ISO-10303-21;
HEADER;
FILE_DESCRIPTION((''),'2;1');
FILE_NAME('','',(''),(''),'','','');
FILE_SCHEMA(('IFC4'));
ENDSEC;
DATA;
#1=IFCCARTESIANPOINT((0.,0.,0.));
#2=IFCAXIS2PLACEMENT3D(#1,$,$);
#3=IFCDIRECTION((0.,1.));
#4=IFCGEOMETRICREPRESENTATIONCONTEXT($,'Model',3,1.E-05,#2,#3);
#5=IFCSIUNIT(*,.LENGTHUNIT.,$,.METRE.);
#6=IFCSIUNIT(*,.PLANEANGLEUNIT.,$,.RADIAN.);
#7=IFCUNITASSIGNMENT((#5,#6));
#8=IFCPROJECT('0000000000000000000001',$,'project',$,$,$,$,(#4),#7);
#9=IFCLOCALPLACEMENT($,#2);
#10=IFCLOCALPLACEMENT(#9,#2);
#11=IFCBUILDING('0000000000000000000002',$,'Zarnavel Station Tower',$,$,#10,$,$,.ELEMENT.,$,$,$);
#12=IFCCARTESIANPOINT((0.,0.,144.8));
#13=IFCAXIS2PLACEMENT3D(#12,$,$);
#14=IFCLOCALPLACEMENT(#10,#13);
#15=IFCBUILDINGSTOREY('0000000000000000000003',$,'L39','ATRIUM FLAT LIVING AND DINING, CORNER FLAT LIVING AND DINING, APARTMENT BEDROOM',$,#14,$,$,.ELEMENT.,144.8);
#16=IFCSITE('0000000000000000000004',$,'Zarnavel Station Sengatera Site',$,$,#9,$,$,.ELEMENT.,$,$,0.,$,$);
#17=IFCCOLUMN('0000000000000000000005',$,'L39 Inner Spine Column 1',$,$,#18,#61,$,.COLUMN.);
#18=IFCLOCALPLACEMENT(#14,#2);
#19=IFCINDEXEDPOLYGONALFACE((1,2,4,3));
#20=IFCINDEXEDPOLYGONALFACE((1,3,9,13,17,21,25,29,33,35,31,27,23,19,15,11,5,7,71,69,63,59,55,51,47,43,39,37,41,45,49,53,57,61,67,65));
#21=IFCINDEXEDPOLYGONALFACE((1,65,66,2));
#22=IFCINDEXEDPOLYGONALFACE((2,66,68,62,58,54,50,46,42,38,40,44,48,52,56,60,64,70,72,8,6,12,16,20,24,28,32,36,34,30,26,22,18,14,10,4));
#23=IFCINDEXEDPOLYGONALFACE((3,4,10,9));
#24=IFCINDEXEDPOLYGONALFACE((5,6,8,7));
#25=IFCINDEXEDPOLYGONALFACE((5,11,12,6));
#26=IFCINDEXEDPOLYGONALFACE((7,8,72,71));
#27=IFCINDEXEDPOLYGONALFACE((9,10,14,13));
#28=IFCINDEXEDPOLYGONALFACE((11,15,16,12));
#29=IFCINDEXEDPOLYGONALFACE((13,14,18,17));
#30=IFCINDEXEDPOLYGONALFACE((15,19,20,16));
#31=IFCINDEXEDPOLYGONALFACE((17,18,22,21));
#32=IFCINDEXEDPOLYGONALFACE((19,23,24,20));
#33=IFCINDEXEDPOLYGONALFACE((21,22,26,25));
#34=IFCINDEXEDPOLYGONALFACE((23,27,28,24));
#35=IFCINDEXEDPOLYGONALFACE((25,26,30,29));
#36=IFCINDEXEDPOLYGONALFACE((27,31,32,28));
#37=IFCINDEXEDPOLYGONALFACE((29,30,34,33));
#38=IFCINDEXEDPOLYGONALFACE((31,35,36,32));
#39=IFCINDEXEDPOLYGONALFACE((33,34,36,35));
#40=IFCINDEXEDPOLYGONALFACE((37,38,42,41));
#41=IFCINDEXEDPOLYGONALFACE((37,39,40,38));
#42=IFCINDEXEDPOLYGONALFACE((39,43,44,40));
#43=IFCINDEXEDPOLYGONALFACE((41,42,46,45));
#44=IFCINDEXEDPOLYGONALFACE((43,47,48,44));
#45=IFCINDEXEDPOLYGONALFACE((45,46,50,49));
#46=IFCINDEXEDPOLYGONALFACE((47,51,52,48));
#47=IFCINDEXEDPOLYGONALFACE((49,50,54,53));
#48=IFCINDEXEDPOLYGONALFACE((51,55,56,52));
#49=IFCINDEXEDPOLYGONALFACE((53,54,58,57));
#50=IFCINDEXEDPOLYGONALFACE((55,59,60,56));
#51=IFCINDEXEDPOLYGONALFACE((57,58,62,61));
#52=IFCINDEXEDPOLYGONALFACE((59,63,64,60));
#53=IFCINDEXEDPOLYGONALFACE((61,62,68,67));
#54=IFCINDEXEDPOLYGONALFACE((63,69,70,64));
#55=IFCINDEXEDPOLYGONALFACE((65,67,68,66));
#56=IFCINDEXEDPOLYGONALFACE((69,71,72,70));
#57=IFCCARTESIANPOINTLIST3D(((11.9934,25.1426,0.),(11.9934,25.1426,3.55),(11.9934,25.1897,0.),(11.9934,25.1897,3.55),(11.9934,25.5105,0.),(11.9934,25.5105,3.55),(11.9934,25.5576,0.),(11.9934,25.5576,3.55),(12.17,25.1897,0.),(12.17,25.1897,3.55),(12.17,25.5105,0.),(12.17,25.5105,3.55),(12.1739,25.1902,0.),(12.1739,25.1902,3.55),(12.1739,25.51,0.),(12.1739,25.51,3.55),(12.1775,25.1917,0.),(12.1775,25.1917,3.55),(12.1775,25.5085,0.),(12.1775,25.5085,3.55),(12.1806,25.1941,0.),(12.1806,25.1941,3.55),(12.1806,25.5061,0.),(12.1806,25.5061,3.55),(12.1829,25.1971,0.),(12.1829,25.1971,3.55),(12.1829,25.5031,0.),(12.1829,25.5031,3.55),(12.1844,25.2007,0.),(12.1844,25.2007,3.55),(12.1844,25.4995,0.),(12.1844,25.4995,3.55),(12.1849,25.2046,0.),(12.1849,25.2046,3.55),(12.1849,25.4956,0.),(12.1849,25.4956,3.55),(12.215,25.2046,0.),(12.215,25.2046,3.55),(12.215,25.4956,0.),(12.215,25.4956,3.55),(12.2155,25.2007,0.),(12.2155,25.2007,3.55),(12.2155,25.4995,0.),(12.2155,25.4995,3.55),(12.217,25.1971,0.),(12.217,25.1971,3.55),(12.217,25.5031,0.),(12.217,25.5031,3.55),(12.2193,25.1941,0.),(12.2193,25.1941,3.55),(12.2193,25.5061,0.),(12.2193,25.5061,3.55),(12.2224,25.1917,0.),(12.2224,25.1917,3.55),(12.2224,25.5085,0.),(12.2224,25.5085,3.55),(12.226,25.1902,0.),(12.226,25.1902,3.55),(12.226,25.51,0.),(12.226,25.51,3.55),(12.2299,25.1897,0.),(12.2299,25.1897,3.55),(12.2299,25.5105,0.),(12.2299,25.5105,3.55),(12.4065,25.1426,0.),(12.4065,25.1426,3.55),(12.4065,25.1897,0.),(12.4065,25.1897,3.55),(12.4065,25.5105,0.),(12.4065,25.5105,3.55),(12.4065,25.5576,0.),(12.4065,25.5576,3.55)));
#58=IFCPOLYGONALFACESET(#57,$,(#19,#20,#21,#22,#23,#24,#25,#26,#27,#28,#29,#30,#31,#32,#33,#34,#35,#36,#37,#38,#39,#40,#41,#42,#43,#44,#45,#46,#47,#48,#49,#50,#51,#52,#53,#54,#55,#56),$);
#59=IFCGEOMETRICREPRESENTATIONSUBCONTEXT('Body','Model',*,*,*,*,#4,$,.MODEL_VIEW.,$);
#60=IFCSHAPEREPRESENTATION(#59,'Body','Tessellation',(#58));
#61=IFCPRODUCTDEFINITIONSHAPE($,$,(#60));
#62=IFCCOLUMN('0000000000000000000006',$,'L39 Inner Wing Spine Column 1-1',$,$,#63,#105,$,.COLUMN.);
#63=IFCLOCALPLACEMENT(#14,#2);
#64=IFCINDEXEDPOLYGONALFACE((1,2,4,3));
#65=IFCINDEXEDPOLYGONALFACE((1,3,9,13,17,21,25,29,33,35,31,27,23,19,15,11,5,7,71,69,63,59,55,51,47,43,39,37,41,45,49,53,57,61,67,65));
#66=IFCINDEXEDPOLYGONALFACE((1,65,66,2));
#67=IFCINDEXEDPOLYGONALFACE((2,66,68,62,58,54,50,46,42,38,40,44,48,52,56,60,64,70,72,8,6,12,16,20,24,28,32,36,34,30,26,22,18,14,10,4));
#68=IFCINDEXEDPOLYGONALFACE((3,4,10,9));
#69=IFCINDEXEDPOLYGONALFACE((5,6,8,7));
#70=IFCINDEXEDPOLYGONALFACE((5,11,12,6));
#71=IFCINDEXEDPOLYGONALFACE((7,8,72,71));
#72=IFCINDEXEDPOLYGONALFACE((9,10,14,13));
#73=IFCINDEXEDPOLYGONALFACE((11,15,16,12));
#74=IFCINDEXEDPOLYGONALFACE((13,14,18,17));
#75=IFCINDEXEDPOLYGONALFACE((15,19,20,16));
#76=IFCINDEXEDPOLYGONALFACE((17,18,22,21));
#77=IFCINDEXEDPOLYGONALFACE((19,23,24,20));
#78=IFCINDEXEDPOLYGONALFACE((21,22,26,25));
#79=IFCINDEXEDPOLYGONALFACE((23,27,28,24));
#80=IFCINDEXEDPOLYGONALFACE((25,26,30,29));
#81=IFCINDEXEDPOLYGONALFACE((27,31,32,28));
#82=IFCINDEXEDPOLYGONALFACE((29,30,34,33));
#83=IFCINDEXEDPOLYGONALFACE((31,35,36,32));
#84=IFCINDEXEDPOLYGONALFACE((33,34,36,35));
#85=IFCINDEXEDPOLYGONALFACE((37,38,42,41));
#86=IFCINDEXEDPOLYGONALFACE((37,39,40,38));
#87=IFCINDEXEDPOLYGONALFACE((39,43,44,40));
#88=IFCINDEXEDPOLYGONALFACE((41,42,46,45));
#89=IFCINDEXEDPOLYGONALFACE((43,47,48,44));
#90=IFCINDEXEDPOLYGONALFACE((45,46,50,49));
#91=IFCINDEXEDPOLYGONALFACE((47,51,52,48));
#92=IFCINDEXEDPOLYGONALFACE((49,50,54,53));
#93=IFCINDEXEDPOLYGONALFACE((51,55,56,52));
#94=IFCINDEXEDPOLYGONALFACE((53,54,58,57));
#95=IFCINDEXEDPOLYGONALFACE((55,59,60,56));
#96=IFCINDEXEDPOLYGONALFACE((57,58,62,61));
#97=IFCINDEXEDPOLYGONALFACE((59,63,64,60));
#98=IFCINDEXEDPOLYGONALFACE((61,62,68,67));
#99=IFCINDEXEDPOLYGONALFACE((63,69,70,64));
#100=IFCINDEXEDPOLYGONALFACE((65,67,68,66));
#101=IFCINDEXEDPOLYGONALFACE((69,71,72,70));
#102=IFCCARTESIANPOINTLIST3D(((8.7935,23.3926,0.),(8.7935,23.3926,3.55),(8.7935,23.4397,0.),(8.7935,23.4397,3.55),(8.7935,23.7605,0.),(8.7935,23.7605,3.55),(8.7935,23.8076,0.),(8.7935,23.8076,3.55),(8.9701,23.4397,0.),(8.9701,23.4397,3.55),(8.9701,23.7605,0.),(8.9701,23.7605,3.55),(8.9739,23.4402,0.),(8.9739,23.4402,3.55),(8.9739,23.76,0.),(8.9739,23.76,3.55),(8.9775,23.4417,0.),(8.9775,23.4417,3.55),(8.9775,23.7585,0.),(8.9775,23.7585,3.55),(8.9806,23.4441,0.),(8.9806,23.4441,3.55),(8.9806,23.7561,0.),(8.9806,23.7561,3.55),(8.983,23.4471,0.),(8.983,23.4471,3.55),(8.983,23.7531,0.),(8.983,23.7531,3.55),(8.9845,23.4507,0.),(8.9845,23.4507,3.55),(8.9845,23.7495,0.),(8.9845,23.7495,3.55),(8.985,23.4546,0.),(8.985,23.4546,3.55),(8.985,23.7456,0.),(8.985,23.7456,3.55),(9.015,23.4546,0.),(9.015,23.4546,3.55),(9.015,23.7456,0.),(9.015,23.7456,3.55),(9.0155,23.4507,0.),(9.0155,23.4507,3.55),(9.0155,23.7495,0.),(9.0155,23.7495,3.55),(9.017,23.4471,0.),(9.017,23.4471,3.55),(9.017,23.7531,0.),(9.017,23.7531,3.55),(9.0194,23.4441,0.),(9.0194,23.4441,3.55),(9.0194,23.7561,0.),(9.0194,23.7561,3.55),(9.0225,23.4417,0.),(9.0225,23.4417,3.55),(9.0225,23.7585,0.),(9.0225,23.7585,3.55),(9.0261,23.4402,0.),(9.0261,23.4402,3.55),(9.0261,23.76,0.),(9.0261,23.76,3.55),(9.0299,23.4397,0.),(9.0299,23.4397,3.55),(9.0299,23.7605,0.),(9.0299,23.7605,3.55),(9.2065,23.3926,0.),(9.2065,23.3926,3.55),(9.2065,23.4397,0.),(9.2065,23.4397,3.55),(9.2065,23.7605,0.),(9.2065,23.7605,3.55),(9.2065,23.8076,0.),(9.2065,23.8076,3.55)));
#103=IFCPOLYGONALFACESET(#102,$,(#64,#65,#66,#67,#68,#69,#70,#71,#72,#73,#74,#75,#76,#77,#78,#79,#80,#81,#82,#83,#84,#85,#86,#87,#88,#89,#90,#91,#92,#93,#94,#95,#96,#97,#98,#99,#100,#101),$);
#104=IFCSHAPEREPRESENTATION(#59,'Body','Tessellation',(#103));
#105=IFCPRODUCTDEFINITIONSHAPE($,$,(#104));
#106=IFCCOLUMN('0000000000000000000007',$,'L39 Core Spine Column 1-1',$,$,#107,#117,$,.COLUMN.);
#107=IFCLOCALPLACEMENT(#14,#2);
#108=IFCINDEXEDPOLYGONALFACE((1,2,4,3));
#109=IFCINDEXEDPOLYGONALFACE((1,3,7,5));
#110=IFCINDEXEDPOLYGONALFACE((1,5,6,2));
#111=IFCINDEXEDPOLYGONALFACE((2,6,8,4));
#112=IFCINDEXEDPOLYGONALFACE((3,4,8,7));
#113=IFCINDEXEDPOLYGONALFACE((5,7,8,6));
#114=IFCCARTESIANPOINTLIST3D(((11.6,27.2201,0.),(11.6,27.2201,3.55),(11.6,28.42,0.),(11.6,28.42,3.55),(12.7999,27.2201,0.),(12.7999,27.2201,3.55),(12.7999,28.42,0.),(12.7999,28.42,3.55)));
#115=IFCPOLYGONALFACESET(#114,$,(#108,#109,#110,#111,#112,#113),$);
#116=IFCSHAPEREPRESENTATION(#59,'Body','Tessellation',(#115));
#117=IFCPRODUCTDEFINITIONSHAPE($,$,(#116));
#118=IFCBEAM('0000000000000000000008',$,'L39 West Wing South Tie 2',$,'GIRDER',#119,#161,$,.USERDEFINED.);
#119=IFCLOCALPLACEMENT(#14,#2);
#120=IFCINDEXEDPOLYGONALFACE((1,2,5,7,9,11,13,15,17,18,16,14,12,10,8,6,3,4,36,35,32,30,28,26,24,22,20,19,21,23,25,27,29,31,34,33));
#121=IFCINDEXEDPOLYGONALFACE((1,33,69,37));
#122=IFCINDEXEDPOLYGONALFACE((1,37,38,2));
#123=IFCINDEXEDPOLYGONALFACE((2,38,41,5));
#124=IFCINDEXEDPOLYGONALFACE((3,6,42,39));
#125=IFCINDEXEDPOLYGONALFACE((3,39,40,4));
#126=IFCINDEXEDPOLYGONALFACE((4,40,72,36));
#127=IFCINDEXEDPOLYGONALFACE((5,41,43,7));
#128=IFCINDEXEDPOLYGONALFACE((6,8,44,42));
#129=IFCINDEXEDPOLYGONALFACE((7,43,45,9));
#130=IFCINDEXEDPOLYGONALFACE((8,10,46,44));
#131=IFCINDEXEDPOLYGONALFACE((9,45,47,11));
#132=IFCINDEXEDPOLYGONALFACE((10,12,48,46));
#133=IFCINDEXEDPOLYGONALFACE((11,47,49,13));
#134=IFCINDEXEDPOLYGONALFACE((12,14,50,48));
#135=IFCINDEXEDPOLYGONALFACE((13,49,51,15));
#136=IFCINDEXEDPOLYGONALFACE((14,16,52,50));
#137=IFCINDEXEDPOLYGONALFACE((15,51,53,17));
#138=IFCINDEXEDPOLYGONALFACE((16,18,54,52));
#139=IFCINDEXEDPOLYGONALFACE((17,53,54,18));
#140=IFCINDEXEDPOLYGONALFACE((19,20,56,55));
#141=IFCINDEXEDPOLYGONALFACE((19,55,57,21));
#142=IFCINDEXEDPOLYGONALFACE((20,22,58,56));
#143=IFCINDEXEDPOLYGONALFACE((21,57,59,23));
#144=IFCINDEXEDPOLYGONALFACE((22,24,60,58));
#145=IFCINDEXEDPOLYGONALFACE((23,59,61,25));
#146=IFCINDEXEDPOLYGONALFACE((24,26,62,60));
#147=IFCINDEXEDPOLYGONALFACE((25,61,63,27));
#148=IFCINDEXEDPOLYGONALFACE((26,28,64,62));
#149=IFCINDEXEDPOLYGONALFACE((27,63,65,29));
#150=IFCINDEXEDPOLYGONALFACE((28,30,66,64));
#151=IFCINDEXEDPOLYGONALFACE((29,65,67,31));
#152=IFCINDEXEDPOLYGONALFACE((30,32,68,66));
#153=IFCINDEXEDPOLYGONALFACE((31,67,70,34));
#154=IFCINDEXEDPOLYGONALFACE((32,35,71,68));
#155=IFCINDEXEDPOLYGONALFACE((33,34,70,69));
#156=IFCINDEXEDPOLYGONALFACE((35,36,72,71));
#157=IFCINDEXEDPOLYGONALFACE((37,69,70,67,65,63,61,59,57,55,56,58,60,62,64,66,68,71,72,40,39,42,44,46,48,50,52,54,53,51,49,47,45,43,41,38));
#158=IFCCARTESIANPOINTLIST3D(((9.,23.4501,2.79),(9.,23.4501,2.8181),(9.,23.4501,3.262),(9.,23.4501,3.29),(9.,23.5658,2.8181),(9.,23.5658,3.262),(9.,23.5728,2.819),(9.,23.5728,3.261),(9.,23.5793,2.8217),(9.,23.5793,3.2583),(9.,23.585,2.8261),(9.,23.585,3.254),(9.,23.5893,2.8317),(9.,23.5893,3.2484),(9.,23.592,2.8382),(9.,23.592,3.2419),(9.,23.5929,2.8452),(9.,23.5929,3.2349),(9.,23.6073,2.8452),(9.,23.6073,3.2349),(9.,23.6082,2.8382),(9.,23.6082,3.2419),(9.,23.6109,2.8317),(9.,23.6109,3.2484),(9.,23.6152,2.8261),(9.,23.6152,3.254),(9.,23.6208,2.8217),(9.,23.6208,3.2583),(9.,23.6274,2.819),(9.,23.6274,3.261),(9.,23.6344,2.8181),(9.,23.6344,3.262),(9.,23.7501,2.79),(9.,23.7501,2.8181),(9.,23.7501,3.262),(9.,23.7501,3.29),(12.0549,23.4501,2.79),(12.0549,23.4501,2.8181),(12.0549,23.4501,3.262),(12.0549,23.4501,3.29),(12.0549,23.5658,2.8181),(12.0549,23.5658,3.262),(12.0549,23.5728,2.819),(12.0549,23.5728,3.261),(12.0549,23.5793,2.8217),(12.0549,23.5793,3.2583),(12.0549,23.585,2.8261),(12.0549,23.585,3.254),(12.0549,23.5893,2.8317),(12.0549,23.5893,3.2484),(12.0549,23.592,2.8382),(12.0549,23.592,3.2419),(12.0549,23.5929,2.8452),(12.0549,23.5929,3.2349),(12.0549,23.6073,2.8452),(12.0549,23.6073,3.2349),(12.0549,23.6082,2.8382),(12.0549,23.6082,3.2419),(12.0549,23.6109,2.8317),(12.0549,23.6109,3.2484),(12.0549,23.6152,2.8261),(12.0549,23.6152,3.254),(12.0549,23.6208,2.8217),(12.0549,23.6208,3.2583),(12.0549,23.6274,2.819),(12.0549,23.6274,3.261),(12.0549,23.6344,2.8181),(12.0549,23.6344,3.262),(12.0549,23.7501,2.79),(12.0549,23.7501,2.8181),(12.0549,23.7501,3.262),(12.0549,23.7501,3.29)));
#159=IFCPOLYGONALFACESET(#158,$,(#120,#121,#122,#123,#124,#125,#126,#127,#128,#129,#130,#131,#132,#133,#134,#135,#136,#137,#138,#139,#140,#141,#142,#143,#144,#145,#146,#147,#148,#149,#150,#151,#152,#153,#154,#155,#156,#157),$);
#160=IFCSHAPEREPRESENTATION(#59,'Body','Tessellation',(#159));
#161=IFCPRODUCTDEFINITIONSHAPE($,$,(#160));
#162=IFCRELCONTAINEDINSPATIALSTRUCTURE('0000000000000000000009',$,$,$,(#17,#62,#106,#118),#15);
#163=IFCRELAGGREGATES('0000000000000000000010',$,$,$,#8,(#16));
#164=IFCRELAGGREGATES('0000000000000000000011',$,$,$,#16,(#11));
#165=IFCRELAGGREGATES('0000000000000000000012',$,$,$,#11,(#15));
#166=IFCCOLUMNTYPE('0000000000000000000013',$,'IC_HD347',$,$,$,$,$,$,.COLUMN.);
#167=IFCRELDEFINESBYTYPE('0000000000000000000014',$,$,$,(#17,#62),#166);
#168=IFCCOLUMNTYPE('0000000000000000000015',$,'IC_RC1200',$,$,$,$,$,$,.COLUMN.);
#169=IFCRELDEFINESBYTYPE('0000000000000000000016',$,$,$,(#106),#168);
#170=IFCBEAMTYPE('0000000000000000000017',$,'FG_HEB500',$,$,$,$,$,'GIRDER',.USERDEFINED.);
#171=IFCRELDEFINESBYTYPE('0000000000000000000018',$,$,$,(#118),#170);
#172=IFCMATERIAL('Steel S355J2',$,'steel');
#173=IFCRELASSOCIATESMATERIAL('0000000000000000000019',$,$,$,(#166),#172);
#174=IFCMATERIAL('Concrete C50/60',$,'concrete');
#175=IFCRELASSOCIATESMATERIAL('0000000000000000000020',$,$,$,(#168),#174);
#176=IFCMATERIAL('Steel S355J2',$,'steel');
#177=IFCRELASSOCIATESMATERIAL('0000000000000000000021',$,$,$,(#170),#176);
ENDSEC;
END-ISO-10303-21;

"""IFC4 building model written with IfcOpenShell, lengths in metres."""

from ifc_helpers import new_model, si_unit, direction, frame, origin, origin_2d, place, context, subcontext, project, spatial, rectangle, i_section, extrude, material, material_profile, profile_set, type_object, element, save


model = new_model("IFC4")

# Units and contexts
model_context = context("Model", 3, precision=1e-05, world=origin(), true_north=direction((0.0, 1.0)))
body_context = subcontext(model_context, "Body", "Model", "MODEL_VIEW")
ifc_project = project(units=[si_unit("LENGTHUNIT", "METRE"), si_unit("PLANEANGLEUNIT", "RADIAN")], contexts=[model_context])

# Site, building, storey
site_placement = place(None, origin())
site = spatial("IfcSite", under=ifc_project, at=site_placement, Name="Zarnavel Station Sengatera Site", CompositionType="ELEMENT", RefElevation=0.0)
building_placement = place(site_placement, origin())
building = spatial("IfcBuilding", under=site, at=building_placement, Name="Zarnavel Station Tower", CompositionType="ELEMENT")
storey_placement = place(building_placement, frame((0.0, 0.0, 144.8)))
storey = spatial("IfcBuildingStorey", under=building, at=storey_placement, Name="L39", Description="ATRIUM FLAT LIVING AND DINING, CORNER FLAT LIVING AND DINING, APARTMENT BEDROOM", CompositionType="ELEMENT", Elevation=144.8)

# Columns
ifc_material_1 = material(Name="Steel S355J2", Category="steel")
ifc_material_profile_1 = material_profile(ifc_material_1, i_section(OverallWidth=0.4131, OverallDepth=0.415, WebThickness=0.03, FlangeThickness=0.0471, FilletRadius=0.0149, at=origin_2d()), Name="HD400x347")
ifc_profile_set_1 = profile_set([ifc_material_profile_1], Name="Steel S355J2")
column_type_1 = type_object("IfcColumnType", Name="IC_HD347", PredefinedType="COLUMN", material=ifc_profile_set_1)
for number, where, z_axis, x_axis, name in (
    (1, (12.2, 25.3501, 0.0), (0.0, 0.0, 1.0), (1.0, 0.0, 0.0), "L39 Inner Spine Column 1"),
    (2, (9.0, 23.6001, 0.0), (0.0, 0.0, 1.0), (1.0, 0.0, 0.0), "L39 Inner Wing Spine Column 1-1"),
):
    element("IfcColumn", number, at=place(storey_placement, frame(where, z_axis=z_axis, x_axis=x_axis)), inside=storey, type_object=column_type_1, Name=name, PredefinedType="COLUMN", context=body_context, shape_type="SweptSolid", body=[
        extrude(i_section(OverallWidth=0.4131, OverallDepth=0.415, WebThickness=0.03, FlangeThickness=0.0471, FilletRadius=0.0149, at=origin_2d()), origin(), (0.0, 0.0, 1.0), 3.55),
    ])
ifc_material_2 = material(Name="Concrete C50/60", Category="concrete")
ifc_material_profile_2 = material_profile(ifc_material_2, rectangle(XDim=1.2, YDim=1.2, at=origin_2d()), Name="RC1200x1200")
ifc_profile_set_2 = profile_set([ifc_material_profile_2], Name="Concrete C50/60")
column_type_2 = type_object("IfcColumnType", Name="IC_RC1200", PredefinedType="COLUMN", material=ifc_profile_set_2)
column_placement = place(storey_placement, frame((12.2, 27.8201, 0.0), z_axis=(0.0, 0.0, 1.0), x_axis=(1.0, 0.0, 0.0)))
element("IfcColumn", 3, at=column_placement, inside=storey, type_object=column_type_2, Name="L39 Core Spine Column 1-1", PredefinedType="COLUMN", context=body_context, shape_type="SweptSolid", body=[
    extrude(rectangle(XDim=1.2, YDim=1.2, at=origin_2d()), origin(), (0.0, 0.0, 1.0), 3.55),
])

# Beam
ifc_material_3 = material(Name="Steel S355J2", Category="steel")
ifc_material_profile_3 = material_profile(ifc_material_3, i_section(OverallWidth=0.3, OverallDepth=0.5, WebThickness=0.0144, FlangeThickness=0.0281, FilletRadius=0.0271, at=origin_2d()), Name="HEB500")
ifc_profile_set_3 = profile_set([ifc_material_profile_3], Name="Steel S355J2")
beam_type_1 = type_object("IfcBeamType", Name="FG_HEB500", ElementType="GIRDER", PredefinedType="USERDEFINED", material=ifc_profile_set_3)
beam_1_placement = place(storey_placement, frame((9.0, 23.6001, 3.04), z_axis=(1.0, 0.0, 0.0), x_axis=(0.0, 1.0, 0.0)))
element("IfcBeam", 4, at=beam_1_placement, inside=storey, type_object=beam_type_1, Name="L39 West Wing South Tie 2", ObjectType="GIRDER", PredefinedType="USERDEFINED", context=body_context, shape_type="SweptSolid", body=[
    extrude(i_section(OverallWidth=0.3, OverallDepth=0.5, WebThickness=0.0144, FlangeThickness=0.0281, FilletRadius=0.0271, at=origin_2d()), origin(), (0.0, 0.0, 1.0), 3.0549),
])

save(model, "model.ifc")
